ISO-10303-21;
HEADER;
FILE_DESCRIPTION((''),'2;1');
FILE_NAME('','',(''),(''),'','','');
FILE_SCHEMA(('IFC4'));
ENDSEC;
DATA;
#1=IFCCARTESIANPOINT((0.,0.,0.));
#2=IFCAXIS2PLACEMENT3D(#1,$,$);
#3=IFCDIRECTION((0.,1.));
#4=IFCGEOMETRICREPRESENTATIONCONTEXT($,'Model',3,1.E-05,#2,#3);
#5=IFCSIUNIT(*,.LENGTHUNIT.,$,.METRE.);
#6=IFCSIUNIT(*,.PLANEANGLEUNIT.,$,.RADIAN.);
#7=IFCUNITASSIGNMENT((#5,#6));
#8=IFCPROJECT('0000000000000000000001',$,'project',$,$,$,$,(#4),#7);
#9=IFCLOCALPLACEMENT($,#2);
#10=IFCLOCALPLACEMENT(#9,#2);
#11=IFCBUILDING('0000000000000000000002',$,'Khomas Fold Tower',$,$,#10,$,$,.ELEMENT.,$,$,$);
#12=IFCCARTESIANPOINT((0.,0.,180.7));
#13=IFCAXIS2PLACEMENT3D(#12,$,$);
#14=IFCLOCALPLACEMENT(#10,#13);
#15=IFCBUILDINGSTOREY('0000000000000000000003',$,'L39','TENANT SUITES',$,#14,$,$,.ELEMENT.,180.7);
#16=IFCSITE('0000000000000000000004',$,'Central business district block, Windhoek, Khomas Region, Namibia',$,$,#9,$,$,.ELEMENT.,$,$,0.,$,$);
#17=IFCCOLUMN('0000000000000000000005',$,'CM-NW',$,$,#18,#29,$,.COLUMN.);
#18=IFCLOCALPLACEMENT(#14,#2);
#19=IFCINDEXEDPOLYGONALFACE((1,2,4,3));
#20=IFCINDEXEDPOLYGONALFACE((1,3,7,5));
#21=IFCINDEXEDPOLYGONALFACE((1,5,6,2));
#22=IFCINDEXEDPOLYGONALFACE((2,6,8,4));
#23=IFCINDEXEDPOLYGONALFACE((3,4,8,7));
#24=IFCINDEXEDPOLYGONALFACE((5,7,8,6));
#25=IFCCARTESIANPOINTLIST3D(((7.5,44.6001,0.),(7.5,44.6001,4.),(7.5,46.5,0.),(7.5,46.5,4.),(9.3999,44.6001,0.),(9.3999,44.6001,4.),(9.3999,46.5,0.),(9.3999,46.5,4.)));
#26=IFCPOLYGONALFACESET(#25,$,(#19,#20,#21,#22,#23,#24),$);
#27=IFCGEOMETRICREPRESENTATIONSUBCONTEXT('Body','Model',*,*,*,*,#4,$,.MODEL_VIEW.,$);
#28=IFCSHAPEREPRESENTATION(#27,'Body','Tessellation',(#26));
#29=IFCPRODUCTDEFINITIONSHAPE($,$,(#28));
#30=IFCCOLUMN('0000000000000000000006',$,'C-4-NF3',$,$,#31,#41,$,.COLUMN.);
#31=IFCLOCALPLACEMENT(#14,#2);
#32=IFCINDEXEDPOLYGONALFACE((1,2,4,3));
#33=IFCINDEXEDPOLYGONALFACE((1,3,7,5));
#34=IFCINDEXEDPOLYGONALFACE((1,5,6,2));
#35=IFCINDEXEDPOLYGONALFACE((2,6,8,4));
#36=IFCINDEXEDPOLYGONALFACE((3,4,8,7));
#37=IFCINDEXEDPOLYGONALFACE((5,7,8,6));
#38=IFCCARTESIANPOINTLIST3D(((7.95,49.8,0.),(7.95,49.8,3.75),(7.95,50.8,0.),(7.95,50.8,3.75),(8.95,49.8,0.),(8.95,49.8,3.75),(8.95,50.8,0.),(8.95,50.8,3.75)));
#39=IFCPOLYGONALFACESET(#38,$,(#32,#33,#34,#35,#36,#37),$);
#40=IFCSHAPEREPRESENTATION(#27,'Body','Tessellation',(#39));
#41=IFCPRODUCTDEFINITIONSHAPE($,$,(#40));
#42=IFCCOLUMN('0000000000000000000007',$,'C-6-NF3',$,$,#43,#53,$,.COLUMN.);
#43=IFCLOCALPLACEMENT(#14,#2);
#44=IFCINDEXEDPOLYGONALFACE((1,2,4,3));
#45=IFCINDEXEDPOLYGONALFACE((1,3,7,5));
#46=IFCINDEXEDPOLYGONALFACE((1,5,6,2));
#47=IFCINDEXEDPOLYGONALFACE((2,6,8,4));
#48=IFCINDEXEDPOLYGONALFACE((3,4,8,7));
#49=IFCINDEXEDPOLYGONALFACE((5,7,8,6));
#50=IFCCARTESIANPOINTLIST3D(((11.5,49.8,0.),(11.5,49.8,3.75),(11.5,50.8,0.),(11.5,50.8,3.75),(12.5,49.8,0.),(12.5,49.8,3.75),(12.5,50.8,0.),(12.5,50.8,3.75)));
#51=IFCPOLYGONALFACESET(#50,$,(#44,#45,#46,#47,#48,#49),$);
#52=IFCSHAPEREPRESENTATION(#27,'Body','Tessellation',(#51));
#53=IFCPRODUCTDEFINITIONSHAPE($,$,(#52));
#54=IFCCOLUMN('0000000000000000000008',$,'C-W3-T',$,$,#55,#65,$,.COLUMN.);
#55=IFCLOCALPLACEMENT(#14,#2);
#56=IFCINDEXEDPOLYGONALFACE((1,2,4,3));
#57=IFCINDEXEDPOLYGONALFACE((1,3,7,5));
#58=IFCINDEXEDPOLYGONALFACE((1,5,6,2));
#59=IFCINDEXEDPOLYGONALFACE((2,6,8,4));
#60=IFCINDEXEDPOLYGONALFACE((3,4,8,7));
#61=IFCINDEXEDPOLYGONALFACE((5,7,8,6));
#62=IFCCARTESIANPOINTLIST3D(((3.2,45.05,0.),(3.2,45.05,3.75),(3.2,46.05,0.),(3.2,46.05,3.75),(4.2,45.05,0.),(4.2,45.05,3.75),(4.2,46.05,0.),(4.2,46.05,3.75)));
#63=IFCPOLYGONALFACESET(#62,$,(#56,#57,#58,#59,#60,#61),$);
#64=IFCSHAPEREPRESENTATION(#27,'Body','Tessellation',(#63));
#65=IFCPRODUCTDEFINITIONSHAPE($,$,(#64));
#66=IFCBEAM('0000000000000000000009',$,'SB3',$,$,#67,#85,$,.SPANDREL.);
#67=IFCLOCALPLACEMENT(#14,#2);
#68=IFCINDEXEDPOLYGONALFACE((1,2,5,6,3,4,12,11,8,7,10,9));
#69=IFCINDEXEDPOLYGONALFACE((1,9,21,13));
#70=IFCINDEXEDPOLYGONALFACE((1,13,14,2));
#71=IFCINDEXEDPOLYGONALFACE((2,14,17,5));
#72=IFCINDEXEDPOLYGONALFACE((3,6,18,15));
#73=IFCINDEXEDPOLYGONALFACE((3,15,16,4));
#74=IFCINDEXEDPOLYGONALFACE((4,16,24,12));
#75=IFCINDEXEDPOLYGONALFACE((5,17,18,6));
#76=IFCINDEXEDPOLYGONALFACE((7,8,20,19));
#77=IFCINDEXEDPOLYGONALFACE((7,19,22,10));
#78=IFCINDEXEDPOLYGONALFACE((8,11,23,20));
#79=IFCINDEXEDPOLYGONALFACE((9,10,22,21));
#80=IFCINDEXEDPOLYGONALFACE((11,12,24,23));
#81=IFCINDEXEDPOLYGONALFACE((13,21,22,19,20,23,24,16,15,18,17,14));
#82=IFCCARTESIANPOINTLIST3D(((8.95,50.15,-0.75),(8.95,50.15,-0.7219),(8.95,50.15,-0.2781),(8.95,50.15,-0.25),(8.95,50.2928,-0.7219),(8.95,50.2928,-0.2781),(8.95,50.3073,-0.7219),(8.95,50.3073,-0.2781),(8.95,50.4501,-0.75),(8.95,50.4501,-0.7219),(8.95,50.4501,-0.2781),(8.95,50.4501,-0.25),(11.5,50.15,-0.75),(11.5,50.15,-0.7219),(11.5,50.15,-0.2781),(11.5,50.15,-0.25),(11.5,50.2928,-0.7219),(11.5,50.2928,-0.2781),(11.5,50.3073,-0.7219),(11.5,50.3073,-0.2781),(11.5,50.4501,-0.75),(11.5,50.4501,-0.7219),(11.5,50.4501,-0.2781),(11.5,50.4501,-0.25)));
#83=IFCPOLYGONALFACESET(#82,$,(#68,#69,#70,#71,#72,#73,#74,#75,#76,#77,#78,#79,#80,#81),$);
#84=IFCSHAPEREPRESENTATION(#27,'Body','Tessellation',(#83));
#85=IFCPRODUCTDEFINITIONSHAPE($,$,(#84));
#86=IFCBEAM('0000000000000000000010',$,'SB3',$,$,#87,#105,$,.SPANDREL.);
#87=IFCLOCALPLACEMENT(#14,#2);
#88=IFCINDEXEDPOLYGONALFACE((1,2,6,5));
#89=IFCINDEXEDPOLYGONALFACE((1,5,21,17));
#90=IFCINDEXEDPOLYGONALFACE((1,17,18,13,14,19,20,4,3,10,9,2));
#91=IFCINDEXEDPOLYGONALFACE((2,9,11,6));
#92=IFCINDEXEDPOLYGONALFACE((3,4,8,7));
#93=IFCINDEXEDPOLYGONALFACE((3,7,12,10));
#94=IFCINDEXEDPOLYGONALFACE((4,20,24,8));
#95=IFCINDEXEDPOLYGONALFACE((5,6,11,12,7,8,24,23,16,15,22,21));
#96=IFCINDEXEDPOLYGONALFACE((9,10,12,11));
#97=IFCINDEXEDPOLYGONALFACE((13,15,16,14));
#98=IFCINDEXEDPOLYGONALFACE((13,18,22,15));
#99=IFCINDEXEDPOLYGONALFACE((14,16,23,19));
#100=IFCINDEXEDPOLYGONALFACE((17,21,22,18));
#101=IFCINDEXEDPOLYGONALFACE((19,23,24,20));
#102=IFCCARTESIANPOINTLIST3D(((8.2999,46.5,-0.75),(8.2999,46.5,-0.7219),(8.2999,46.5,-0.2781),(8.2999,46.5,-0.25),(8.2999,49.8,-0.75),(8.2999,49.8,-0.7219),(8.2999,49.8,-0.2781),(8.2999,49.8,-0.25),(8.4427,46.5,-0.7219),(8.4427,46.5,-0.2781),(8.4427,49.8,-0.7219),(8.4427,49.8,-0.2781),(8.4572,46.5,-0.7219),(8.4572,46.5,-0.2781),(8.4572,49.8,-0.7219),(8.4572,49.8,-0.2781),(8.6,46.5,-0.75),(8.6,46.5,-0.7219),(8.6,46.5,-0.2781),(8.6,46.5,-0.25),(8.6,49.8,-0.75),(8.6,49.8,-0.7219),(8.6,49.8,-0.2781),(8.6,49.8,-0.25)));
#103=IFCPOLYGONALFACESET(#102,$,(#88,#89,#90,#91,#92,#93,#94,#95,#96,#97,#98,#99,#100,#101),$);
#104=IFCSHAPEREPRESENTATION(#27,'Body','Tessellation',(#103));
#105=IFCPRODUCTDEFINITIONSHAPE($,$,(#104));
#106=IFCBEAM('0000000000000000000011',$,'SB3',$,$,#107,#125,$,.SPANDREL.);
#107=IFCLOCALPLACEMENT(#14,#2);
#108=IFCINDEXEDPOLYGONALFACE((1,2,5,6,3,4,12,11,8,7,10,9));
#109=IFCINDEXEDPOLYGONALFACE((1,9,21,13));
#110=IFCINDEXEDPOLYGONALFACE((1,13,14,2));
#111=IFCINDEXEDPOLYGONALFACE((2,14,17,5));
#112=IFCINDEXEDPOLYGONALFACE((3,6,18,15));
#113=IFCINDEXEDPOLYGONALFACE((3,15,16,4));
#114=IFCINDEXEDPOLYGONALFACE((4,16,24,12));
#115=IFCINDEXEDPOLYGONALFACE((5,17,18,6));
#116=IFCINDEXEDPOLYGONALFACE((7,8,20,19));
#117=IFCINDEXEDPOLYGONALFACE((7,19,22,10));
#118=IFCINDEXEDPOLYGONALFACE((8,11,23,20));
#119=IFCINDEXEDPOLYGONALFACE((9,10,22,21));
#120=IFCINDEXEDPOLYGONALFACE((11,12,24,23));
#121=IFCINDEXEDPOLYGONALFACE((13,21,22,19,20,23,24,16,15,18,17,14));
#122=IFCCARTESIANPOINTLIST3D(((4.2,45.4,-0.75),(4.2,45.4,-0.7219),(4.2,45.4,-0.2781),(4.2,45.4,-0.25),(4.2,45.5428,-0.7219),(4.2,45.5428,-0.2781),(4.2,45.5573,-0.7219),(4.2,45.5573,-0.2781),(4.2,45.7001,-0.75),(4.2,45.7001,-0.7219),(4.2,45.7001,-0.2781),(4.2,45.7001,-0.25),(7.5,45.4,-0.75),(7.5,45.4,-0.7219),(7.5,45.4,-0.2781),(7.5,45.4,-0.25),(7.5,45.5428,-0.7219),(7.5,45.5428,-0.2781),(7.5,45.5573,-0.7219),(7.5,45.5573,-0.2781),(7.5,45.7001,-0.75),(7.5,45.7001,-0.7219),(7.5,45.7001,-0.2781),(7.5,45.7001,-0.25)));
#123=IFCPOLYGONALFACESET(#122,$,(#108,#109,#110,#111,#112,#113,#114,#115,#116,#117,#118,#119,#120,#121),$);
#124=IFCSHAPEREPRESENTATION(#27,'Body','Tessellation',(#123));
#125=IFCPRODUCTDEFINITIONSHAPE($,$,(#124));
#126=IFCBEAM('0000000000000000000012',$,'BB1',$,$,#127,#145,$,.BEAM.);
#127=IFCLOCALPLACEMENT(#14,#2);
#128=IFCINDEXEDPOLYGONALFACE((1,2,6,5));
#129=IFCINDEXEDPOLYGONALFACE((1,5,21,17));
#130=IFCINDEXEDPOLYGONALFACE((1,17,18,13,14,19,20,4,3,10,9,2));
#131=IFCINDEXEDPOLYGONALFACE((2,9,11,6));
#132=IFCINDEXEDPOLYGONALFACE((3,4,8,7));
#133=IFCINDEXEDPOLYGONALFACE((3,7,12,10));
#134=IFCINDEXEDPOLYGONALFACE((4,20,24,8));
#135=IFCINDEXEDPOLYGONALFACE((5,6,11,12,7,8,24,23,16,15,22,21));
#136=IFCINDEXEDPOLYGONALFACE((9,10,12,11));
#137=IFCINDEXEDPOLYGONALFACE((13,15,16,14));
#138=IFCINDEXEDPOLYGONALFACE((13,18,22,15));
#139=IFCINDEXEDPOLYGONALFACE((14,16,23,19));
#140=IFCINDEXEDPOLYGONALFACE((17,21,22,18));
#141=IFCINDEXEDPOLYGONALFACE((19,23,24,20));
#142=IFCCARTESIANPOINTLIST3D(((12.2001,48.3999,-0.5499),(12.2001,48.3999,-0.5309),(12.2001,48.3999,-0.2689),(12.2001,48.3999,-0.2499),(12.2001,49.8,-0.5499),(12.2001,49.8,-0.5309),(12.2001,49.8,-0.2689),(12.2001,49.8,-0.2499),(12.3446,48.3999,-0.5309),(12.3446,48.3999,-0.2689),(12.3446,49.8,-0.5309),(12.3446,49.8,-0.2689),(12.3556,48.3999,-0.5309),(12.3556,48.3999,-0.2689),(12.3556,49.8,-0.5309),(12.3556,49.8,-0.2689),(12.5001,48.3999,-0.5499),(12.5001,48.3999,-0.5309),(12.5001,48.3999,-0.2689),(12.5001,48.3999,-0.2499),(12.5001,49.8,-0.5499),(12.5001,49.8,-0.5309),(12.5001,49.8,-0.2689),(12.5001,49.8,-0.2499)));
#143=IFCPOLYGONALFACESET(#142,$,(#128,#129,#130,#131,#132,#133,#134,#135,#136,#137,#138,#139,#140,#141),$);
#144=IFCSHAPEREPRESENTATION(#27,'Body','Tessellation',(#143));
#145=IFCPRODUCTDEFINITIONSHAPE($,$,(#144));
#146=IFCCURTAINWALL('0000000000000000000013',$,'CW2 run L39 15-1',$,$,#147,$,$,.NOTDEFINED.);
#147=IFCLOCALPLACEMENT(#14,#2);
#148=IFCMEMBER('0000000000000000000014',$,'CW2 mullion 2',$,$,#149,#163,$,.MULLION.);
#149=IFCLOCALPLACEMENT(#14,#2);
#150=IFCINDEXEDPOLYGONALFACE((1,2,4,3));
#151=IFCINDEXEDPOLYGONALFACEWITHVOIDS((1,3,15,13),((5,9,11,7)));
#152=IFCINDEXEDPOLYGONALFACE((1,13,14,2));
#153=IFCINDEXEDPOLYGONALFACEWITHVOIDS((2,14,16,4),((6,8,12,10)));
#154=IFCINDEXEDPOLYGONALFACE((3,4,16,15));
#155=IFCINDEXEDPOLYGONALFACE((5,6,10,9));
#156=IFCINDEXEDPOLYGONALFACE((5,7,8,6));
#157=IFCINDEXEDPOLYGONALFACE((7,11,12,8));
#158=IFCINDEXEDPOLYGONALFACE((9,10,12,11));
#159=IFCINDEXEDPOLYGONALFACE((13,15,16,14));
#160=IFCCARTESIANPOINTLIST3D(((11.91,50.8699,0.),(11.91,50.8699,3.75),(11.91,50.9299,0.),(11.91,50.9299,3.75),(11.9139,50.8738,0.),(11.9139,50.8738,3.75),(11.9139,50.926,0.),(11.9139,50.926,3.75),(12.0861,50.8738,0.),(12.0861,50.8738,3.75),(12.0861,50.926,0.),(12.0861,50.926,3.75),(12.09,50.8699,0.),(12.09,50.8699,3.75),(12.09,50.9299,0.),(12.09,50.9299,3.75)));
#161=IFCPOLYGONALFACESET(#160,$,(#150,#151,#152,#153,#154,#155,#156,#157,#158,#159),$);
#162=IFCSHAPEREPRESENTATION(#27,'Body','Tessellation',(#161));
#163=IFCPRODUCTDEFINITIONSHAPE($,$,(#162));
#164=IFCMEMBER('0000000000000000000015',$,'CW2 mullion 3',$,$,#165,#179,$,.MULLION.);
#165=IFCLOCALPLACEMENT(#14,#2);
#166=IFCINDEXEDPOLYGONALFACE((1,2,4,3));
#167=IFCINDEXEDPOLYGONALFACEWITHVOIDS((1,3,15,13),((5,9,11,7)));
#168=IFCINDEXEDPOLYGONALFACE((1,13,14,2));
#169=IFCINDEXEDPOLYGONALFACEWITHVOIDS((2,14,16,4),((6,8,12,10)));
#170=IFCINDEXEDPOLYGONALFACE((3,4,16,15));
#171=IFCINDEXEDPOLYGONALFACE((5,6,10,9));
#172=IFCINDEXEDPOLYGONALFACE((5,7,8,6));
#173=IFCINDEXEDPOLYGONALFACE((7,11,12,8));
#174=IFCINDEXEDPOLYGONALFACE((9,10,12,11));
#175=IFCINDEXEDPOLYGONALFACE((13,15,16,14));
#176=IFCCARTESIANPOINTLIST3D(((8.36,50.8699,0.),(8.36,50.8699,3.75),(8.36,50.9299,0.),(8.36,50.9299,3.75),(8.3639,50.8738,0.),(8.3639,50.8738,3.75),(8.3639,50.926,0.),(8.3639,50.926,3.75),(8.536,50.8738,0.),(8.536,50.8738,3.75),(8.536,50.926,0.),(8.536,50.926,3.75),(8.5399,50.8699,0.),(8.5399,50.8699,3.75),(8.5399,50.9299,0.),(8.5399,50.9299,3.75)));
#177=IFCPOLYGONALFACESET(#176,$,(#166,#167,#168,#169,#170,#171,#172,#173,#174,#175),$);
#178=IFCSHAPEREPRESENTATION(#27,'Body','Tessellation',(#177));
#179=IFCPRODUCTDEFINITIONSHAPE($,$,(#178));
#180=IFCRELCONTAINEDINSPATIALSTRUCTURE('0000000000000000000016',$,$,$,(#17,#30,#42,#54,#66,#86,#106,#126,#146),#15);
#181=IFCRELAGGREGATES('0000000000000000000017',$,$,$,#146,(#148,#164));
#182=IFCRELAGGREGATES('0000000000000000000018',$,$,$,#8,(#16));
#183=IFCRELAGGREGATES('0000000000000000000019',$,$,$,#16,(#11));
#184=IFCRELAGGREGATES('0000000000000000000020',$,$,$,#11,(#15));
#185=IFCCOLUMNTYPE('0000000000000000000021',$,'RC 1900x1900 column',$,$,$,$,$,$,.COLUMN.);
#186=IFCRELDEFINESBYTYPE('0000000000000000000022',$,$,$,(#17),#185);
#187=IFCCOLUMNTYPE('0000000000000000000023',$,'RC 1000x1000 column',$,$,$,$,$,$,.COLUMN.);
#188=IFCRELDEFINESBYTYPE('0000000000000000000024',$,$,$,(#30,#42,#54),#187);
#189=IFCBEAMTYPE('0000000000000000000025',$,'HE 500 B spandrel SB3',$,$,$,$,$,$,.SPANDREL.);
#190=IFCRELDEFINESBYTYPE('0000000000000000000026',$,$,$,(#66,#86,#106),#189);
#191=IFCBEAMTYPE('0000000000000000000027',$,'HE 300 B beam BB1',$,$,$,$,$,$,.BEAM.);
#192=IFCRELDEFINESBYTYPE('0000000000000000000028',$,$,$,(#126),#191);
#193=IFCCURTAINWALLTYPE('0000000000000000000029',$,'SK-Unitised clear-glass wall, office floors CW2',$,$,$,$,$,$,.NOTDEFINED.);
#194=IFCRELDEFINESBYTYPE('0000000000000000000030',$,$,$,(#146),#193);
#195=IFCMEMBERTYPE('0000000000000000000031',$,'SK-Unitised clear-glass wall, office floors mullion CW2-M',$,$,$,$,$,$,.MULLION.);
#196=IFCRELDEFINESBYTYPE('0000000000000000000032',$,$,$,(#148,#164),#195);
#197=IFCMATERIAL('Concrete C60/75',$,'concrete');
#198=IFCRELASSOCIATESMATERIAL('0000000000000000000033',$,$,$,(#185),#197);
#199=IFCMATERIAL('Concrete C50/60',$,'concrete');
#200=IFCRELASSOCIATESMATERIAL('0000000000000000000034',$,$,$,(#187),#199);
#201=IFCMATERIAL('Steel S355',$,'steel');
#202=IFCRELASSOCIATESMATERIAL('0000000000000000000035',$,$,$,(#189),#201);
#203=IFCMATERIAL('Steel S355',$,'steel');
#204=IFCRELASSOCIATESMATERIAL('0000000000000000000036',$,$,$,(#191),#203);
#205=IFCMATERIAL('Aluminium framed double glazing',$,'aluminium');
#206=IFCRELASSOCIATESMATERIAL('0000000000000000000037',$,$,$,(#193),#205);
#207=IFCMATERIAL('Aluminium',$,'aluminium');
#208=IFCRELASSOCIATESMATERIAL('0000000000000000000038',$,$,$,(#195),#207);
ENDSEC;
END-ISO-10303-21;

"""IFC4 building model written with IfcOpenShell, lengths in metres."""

from ifc_helpers import new_model, si_unit, direction, frame, origin, origin_2d, place, context, subcontext, project, spatial, rectangle, hollow_rectangle, i_section, extrude, source, transform, mapped, material, material_profile, profile_set, type_object, element, aggregate, save


model = new_model("IFC4")

# Units and contexts
model_context = context("Model", 3, precision=1e-05, world=origin(), true_north=direction((0.0, 1.0)))
body_context = subcontext(model_context, "Body", "Model", "MODEL_VIEW")
ifc_project = project(units=[si_unit("LENGTHUNIT", "METRE"), si_unit("PLANEANGLEUNIT", "RADIAN")], contexts=[model_context])

# Site, building, storey
site_placement = place(None, origin())
site = spatial("IfcSite", under=ifc_project, at=site_placement, Name="Central business district block, Windhoek, Khomas Region, Namibia", CompositionType="ELEMENT", RefElevation=0.0)
building_placement = place(site_placement, origin())
building = spatial("IfcBuilding", under=site, at=building_placement, Name="Khomas Fold Tower", CompositionType="ELEMENT")
storey_placement = place(building_placement, frame((0.0, 0.0, 180.7)))
storey = spatial("IfcBuildingStorey", under=building, at=storey_placement, Name="L39", Description="TENANT SUITES", CompositionType="ELEMENT", Elevation=180.7)

# Columns
ifc_material_1 = material(Name="Concrete C60/75", Category="concrete")
ifc_material_profile_1 = material_profile(ifc_material_1, rectangle(XDim=1.8999, YDim=1.8999, at=origin_2d()), Name="RC 1900x1900")
ifc_profile_set_1 = profile_set([ifc_material_profile_1], Name="Concrete C60/75")
column_type_1 = type_object("IfcColumnType", Name="RC 1900x1900 column", PredefinedType="COLUMN", material=ifc_profile_set_1)
shared_shape_1 = source(origin(), body_context, "Body", "SweptSolid", [
    extrude(rectangle(XDim=1.8999, YDim=1.8999, at=origin_2d()), origin(), (0.0, 0.0, 1.0), 4.0),
])
column_placement = place(storey_placement, frame((8.45, 45.55, 0.0), z_axis=(0.0, 0.0, 1.0), x_axis=(1.0, 0.0, 0.0)))
element("IfcColumn", 1, at=column_placement, inside=storey, type_object=column_type_1, Name="CM-NW", PredefinedType="COLUMN", context=body_context, shape_type="MappedRepresentation", body=[
    mapped(shared_shape_1, transform((0.0, 0.0, 0.0))),
])
ifc_material_2 = material(Name="Concrete C50/60", Category="concrete")
ifc_material_profile_2 = material_profile(ifc_material_2, rectangle(XDim=1.0, YDim=1.0, at=origin_2d()), Name="RC 1000x1000")
ifc_profile_set_2 = profile_set([ifc_material_profile_2], Name="Concrete C50/60")
column_type_2 = type_object("IfcColumnType", Name="RC 1000x1000 column", PredefinedType="COLUMN", material=ifc_profile_set_2)
shared_shape_2 = source(origin(), body_context, "Body", "SweptSolid", [
    extrude(rectangle(XDim=1.0, YDim=1.0, at=origin_2d()), origin(), (0.0, 0.0, 1.0), 3.75),
])
for number, where, z_axis, x_axis, name in (
    (2, (8.45, 50.3, 0.0), (0.0, 0.0, 1.0), (1.0, 0.0, 0.0), "C-4-NF3"),
    (3, (12.0, 50.3, 0.0), (0.0, 0.0, 1.0), (1.0, 0.0, 0.0), "C-6-NF3"),
    (4, (3.7, 45.55, 0.0), (0.0, 0.0, 1.0), (1.0, 0.0, 0.0), "C-W3-T"),
):
    element("IfcColumn", number, at=place(storey_placement, frame(where, z_axis=z_axis, x_axis=x_axis)), inside=storey, type_object=column_type_2, Name=name, PredefinedType="COLUMN", context=body_context, shape_type="MappedRepresentation", body=[
        mapped(shared_shape_2, transform((0.0, 0.0, 0.0))),
    ])

# Beams
ifc_material_3 = material(Name="Steel S355", Category="steel")
ifc_material_profile_3 = material_profile(ifc_material_3, i_section(OverallWidth=0.3, OverallDepth=0.5, WebThickness=0.0144, FlangeThickness=0.0281, at=origin_2d()), Name="HE 500 B")
ifc_profile_set_3 = profile_set([ifc_material_profile_3], Name="Steel S355")
beam_type_1 = type_object("IfcBeamType", Name="HE 500 B spandrel SB3", PredefinedType="SPANDREL", material=ifc_profile_set_3)
shared_shape_3 = source(origin(), body_context, "Body", "SweptSolid", [
    extrude(i_section(OverallWidth=0.3, OverallDepth=0.5, WebThickness=0.0144, FlangeThickness=0.0281, at=origin_2d()), origin(), (0.0, 0.0, 1.0), 2.55),
])
beam_1_placement = place(storey_placement, frame((8.95, 50.3, -0.5), z_axis=(1.0, 0.0, 0.0), x_axis=(0.0, 1.0, 0.0)))
element("IfcBeam", 5, at=beam_1_placement, inside=storey, type_object=beam_type_1, Name="SB3", PredefinedType="SPANDREL", context=body_context, shape_type="MappedRepresentation", body=[
    mapped(shared_shape_3, transform((0.0, 0.0, 0.0))),
])
shared_shape_4 = source(origin(), body_context, "Body", "SweptSolid", [
    extrude(i_section(OverallWidth=0.3, OverallDepth=0.5, WebThickness=0.0144, FlangeThickness=0.0281, at=origin_2d()), origin(), (0.0, 0.0, 1.0), 3.3),
])
for number, where, z_axis, x_axis, name in (
    (6, (8.45, 46.5, -0.5), (0.0, 1.0, 0.0), (-1.0, 0.0, 0.0), "SB3"),
    (7, (4.2, 45.55, -0.5), (1.0, 0.0, 0.0), (0.0, 1.0, 0.0), "SB3"),
):
    element("IfcBeam", number, at=place(storey_placement, frame(where, z_axis=z_axis, x_axis=x_axis)), inside=storey, type_object=beam_type_1, Name=name, PredefinedType="SPANDREL", context=body_context, shape_type="MappedRepresentation", body=[
        mapped(shared_shape_4, transform((0.0, 0.0, 0.0))),
    ])
ifc_material_4 = material(Name="Steel S355", Category="steel")
ifc_material_profile_4 = material_profile(ifc_material_4, i_section(OverallWidth=0.3, OverallDepth=0.3, WebThickness=0.011, FlangeThickness=0.019, at=origin_2d()), Name="HE 300 B")
ifc_profile_set_4 = profile_set([ifc_material_profile_4], Name="Steel S355")
beam_type_2 = type_object("IfcBeamType", Name="HE 300 B beam BB1", PredefinedType="BEAM", material=ifc_profile_set_4)
shared_shape_5 = source(origin(), body_context, "Body", "SweptSolid", [
    extrude(i_section(OverallWidth=0.3, OverallDepth=0.3, WebThickness=0.011, FlangeThickness=0.019, at=origin_2d()), origin(), (0.0, 0.0, 1.0), 1.4001),
])
beam_2_placement = place(storey_placement, frame((12.3501, 48.3999, -0.3999), z_axis=(0.0, 1.0, 0.0), x_axis=(-1.0, 0.0, 0.0)))
element("IfcBeam", 8, at=beam_2_placement, inside=storey, type_object=beam_type_2, Name="BB1", PredefinedType="BEAM", context=body_context, shape_type="MappedRepresentation", body=[
    mapped(shared_shape_5, transform((0.0, 0.0, 0.0))),
])

# Curtain wall, members
ifc_material_5 = material(Name="Aluminium framed double glazing", Category="aluminium")
curtain_wall_type = type_object("IfcCurtainWallType", Name="SK-Unitised clear-glass wall, office floors CW2", PredefinedType="NOTDEFINED", material=ifc_material_5)
curtain_wall_1_placement = place(storey_placement, origin())
curtain_wall_1 = element("IfcCurtainWall", 9, at=curtain_wall_1_placement, inside=storey, type_object=curtain_wall_type, Name="CW2 run L39 15-1", PredefinedType="NOTDEFINED")
ifc_material_6 = material(Name="Aluminium", Category="aluminium")
ifc_material_profile_5 = material_profile(ifc_material_6, hollow_rectangle(XDim=0.0601, YDim=0.1799, WallThickness=0.0039, at=origin_2d()), Name="SK-Unitised clear-glass wall, office floors mullion CW2-M")
ifc_profile_set_5 = profile_set([ifc_material_profile_5], Name="Aluminium")
member_type_1 = type_object("IfcMemberType", Name="SK-Unitised clear-glass wall, office floors mullion CW2-M", PredefinedType="MULLION", material=ifc_profile_set_5)
shared_shape_6 = source(origin(), body_context, "Body", "SweptSolid", [
    extrude(hollow_rectangle(XDim=0.0601, YDim=0.1799, WallThickness=0.0039, at=origin_2d()), origin(), (0.0, 0.0, 1.0), 3.75),
])
member_1_placement = place(storey_placement, frame((12.0, 50.8999, 0.0), z_axis=(0.0, 0.0, 1.0), x_axis=(0.0, -1.0, 0.0)))
member_1 = element("IfcMember", 10, at=member_1_placement, type_object=member_type_1, Name="CW2 mullion 2", PredefinedType="MULLION", context=body_context, shape_type="MappedRepresentation", body=[
    mapped(shared_shape_6, transform((0.0, 0.0, 0.0))),
])
member_2_placement = place(storey_placement, frame((8.45, 50.8999, 0.0), z_axis=(0.0, 0.0, 1.0), x_axis=(0.0, -1.0, 0.0)))
member_2 = element("IfcMember", 11, at=member_2_placement, type_object=member_type_1, Name="CW2 mullion 3", PredefinedType="MULLION", context=body_context, shape_type="MappedRepresentation", body=[
    mapped(shared_shape_6, transform((0.0, 0.0, 0.0))),
])

aggregate(curtain_wall_1, [member_1, member_2])

save(model, "model.ifc")
